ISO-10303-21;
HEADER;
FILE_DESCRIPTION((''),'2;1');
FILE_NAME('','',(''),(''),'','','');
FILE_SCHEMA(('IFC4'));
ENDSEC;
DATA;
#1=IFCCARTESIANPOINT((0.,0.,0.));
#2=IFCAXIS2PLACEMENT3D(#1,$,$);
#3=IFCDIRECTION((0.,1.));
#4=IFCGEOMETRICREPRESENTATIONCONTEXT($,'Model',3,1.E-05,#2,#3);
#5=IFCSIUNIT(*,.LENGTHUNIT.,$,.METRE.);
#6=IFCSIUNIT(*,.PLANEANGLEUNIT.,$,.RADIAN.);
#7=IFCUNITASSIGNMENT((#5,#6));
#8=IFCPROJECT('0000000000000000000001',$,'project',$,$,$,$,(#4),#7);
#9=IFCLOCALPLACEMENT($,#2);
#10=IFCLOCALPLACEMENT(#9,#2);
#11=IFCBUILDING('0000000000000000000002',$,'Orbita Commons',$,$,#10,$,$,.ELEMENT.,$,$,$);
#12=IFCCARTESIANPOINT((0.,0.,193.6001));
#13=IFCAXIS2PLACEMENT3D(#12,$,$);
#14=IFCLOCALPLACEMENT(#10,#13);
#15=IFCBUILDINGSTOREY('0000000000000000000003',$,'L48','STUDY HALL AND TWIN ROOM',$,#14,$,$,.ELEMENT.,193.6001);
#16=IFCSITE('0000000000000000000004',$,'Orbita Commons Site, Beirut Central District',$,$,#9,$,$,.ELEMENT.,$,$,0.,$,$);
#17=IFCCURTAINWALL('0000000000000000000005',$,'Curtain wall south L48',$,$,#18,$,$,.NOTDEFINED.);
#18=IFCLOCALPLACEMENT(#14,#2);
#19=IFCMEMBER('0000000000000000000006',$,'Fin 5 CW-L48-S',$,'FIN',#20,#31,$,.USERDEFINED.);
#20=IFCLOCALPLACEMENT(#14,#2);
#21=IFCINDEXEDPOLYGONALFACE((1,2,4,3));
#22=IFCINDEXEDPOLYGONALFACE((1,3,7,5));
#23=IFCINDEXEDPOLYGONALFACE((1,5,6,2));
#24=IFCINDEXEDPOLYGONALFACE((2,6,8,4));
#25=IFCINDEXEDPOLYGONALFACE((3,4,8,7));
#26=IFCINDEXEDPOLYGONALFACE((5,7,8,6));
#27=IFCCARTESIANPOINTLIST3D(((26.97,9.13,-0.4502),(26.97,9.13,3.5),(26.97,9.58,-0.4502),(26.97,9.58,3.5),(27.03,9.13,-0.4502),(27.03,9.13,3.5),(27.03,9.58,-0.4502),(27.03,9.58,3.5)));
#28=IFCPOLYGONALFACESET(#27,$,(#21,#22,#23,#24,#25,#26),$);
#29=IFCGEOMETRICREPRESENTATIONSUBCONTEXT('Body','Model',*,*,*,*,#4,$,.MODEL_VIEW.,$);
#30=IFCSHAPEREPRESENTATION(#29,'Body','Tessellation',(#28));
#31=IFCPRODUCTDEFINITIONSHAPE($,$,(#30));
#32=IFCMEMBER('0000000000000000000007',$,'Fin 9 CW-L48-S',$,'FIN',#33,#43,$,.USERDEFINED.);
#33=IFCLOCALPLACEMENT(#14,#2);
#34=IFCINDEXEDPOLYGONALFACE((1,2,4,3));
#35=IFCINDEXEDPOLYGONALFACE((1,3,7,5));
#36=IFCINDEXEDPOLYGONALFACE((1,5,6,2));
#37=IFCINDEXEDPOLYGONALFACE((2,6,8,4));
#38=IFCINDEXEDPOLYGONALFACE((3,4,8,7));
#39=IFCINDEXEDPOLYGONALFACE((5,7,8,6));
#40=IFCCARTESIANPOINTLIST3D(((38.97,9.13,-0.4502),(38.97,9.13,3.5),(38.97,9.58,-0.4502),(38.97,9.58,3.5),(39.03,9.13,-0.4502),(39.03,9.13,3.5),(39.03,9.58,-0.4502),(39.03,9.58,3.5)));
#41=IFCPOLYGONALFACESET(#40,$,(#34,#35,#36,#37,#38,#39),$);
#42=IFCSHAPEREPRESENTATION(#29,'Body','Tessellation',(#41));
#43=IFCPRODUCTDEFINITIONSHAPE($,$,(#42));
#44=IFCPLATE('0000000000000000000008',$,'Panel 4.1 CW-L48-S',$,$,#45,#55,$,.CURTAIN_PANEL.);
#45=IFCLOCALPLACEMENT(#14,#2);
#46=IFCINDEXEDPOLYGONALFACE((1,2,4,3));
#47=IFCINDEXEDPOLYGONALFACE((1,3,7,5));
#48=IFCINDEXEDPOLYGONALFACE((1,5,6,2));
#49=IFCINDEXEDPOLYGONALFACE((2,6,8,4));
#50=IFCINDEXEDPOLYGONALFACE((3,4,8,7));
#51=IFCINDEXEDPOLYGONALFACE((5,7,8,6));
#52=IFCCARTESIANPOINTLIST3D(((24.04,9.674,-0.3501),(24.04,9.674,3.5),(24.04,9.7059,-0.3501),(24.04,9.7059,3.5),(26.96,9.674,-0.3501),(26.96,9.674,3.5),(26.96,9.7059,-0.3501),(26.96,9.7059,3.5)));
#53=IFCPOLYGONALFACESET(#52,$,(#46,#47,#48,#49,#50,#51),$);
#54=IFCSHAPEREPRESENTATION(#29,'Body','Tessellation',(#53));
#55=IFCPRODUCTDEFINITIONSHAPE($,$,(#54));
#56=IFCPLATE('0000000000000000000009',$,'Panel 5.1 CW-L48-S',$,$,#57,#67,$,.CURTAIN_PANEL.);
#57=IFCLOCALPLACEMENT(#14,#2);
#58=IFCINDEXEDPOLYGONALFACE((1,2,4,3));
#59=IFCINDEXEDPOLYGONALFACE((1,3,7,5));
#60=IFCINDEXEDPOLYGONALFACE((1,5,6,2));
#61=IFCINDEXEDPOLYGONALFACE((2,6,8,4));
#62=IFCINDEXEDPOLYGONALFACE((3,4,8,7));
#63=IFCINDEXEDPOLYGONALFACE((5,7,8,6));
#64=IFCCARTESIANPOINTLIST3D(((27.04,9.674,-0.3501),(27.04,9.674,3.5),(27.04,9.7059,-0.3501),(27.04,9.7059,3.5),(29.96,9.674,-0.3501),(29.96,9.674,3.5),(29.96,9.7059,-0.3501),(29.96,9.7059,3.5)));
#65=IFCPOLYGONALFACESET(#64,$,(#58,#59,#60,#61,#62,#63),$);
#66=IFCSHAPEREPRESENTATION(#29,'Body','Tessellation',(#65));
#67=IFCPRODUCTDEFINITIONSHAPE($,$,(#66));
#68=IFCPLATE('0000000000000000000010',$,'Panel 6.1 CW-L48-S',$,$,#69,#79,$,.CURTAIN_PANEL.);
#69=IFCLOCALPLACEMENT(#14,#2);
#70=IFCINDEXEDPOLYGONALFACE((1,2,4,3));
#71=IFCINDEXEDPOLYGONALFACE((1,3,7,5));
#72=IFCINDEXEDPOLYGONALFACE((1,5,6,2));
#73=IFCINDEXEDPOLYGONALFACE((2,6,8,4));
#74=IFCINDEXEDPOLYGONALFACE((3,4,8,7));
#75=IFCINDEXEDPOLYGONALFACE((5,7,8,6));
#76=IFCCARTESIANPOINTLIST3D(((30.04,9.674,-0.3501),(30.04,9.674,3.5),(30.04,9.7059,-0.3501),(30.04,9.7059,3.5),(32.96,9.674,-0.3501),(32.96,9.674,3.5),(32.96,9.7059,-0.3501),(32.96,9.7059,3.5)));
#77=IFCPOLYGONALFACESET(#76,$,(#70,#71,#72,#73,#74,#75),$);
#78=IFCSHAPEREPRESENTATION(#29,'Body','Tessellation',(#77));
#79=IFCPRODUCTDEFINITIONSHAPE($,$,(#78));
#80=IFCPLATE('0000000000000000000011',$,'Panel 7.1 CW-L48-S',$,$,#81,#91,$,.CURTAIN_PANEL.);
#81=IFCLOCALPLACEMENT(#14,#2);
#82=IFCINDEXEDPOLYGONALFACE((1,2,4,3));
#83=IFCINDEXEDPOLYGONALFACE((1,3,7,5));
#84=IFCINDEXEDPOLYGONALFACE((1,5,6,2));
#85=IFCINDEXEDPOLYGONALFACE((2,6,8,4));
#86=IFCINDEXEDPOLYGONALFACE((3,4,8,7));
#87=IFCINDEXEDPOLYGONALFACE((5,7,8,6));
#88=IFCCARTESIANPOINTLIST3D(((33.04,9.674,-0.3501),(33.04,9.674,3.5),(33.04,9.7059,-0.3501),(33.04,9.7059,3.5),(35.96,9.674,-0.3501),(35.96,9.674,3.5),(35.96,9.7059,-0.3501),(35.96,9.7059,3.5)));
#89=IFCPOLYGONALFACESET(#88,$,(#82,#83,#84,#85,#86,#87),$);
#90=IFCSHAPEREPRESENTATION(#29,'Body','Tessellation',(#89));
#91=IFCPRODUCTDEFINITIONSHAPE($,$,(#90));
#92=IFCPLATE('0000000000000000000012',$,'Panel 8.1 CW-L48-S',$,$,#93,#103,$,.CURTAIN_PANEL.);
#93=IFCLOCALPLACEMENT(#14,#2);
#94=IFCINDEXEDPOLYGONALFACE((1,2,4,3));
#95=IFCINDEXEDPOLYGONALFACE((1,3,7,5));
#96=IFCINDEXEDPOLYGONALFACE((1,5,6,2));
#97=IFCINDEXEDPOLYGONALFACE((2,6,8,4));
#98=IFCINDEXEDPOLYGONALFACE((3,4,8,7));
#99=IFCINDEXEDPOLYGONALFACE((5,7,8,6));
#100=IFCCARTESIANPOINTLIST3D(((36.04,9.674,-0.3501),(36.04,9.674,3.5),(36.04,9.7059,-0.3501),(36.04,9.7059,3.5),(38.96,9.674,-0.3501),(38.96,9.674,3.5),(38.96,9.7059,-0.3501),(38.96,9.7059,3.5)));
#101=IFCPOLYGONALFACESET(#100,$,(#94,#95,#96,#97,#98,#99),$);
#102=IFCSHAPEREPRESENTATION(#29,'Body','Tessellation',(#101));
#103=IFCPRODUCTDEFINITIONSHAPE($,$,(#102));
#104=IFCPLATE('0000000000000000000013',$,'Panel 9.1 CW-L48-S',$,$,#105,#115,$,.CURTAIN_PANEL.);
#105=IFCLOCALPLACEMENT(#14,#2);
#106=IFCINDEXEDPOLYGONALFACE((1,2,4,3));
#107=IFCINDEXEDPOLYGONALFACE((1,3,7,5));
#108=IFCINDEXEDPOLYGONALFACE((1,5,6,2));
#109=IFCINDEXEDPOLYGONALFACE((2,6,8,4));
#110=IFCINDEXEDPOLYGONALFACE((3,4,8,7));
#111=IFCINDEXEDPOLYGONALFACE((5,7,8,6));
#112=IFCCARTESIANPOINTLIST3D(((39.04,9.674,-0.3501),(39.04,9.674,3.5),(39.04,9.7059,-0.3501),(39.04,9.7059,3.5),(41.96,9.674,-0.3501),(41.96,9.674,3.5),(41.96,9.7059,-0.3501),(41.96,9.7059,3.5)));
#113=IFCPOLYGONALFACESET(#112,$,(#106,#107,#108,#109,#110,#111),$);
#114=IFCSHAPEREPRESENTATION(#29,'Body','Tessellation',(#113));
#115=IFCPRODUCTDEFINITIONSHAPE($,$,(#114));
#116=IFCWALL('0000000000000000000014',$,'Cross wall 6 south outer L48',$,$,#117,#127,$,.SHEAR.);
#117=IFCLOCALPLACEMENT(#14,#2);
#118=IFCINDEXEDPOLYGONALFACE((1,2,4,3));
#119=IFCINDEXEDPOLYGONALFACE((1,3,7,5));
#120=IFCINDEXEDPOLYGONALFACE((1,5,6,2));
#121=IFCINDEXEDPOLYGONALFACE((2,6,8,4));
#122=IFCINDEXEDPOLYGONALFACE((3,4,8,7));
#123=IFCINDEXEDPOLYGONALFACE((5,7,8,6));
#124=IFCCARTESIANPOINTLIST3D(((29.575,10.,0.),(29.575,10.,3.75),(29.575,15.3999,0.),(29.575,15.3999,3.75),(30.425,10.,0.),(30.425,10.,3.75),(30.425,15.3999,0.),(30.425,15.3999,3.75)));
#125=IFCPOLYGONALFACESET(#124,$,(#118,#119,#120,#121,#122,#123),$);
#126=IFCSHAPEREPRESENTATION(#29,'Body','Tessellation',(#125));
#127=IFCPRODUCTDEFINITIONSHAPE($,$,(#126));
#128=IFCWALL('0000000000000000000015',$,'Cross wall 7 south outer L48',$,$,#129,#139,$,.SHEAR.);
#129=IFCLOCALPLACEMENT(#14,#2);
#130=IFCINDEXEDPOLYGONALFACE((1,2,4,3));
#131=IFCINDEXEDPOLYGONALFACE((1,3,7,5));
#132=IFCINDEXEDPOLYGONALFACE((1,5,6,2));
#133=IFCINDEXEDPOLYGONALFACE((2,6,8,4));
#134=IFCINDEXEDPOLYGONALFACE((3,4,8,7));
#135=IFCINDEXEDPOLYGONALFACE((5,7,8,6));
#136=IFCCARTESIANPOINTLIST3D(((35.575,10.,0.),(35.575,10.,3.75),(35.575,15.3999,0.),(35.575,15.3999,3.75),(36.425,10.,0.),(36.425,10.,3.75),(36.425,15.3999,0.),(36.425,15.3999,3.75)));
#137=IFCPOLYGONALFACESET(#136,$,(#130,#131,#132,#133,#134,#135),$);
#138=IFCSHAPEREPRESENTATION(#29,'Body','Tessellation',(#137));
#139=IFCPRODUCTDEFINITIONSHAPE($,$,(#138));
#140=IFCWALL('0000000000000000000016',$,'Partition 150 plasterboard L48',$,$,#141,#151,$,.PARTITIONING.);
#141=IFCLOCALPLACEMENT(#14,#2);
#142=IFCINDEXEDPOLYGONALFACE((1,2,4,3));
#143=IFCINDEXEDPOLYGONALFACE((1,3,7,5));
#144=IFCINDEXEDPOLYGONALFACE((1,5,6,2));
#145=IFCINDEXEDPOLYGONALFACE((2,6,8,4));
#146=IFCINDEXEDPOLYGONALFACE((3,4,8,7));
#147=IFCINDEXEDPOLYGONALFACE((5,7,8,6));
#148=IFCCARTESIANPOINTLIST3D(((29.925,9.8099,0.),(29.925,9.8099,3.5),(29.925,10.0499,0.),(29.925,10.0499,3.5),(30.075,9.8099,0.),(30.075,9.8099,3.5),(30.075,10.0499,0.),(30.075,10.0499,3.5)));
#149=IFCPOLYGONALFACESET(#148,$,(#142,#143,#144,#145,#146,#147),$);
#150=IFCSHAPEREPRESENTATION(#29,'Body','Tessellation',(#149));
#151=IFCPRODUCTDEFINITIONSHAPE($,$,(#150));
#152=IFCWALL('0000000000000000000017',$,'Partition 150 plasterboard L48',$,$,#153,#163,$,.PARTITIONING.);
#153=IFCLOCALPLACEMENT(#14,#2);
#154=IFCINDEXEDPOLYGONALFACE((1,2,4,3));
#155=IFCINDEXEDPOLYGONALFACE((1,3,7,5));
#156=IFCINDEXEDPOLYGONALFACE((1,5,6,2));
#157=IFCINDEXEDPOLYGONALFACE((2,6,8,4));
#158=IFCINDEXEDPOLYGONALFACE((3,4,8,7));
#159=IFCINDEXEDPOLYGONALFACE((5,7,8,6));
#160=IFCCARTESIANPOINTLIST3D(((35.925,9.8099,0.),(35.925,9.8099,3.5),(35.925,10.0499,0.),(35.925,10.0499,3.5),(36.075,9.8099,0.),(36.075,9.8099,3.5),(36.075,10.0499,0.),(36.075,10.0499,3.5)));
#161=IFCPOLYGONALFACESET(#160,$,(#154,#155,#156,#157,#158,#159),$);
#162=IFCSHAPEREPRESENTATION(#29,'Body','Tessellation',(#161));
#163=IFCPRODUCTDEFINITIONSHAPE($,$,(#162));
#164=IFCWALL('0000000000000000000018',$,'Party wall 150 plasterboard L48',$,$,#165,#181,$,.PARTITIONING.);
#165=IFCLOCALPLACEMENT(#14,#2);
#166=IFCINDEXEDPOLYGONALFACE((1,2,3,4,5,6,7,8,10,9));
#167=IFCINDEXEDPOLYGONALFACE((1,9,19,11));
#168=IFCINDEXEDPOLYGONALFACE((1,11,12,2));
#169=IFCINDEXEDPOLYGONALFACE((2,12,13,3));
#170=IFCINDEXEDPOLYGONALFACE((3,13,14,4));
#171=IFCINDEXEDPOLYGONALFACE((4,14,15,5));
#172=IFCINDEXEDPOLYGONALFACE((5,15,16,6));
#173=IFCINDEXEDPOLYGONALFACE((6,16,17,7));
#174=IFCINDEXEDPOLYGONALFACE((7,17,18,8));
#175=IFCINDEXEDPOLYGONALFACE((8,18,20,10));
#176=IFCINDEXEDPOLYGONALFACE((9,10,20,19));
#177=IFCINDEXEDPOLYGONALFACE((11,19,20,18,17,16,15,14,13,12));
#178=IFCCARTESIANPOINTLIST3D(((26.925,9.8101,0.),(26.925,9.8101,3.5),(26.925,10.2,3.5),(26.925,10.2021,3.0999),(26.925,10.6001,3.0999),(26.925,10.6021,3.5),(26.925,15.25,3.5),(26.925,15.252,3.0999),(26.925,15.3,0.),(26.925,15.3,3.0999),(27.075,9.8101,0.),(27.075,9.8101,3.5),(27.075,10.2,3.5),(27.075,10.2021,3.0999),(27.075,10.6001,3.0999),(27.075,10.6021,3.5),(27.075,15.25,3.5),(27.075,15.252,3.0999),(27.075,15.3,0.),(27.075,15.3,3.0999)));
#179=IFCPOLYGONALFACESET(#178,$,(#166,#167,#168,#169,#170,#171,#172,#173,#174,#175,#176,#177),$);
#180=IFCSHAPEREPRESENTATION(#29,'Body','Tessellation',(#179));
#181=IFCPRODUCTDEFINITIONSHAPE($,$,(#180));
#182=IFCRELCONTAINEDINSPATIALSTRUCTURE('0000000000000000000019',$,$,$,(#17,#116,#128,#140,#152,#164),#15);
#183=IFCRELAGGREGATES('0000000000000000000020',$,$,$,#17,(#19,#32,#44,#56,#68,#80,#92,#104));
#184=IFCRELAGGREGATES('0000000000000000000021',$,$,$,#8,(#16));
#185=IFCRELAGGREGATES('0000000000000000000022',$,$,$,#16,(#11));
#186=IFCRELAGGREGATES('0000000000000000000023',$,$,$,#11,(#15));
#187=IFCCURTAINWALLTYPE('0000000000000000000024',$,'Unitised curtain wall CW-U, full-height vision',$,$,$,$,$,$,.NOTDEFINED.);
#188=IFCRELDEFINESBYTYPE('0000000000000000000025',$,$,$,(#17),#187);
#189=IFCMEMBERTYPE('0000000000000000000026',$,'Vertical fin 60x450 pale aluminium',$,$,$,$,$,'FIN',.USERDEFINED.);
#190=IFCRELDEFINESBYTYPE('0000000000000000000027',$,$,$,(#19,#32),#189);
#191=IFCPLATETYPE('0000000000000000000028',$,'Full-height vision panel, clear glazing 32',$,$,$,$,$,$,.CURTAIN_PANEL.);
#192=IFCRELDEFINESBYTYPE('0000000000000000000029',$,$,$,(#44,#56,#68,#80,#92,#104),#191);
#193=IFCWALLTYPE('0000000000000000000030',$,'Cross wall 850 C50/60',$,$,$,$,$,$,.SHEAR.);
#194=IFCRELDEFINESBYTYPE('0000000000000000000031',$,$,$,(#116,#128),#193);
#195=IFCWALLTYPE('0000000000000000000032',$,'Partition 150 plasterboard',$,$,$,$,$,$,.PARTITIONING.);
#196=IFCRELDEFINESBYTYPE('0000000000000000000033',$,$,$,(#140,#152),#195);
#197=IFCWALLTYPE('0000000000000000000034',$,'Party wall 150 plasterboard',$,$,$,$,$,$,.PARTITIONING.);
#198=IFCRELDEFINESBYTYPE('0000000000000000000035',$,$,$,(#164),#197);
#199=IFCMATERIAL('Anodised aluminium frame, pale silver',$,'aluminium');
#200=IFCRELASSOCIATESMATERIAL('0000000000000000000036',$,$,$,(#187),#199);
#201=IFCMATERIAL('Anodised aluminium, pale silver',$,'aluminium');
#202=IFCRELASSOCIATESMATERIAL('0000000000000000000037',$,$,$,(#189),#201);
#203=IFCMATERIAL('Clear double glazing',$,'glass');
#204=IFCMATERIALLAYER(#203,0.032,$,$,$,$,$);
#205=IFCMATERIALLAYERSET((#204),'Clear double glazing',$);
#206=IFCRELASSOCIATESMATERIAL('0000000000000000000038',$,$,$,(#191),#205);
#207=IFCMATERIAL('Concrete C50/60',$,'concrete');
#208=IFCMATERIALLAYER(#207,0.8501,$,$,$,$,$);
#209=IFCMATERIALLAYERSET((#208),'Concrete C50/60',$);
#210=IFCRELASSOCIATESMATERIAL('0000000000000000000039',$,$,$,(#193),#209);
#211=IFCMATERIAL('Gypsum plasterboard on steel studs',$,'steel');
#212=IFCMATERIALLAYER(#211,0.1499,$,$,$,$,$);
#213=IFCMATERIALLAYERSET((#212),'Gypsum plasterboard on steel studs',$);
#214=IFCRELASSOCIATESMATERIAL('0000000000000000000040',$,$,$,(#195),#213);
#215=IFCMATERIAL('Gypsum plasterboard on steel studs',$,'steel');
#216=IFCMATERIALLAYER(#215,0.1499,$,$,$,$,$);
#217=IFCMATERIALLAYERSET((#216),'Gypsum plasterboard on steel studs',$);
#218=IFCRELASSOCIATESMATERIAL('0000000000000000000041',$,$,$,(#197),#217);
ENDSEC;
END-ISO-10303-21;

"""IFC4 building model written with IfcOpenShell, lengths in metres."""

from ifc_helpers import new_model, si_unit, direction, frame, frame_2d, origin, origin_2d, place, context, subcontext, project, spatial, polyline, rectangle, outline, extrude, material, layer, layer_set, material_profile, profile_set, type_object, element, aggregate, save


model = new_model("IFC4")

# Units and contexts
model_context = context("Model", 3, precision=1e-05, world=origin(), true_north=direction((0.0, 1.0)))
body_context = subcontext(model_context, "Body", "Model", "MODEL_VIEW")
ifc_project = project(units=[si_unit("LENGTHUNIT", "METRE"), si_unit("PLANEANGLEUNIT", "RADIAN")], contexts=[model_context])

# Site, building, storey
site_placement = place(None, origin())
site = spatial("IfcSite", under=ifc_project, at=site_placement, Name="Orbita Commons Site, Beirut Central District", CompositionType="ELEMENT", RefElevation=0.0)
building_placement = place(site_placement, origin())
building = spatial("IfcBuilding", under=site, at=building_placement, Name="Orbita Commons", CompositionType="ELEMENT")
storey_placement = place(building_placement, frame((0.0, 0.0, 193.6001)))
storey = spatial("IfcBuildingStorey", under=building, at=storey_placement, Name="L48", Description="STUDY HALL AND TWIN ROOM", CompositionType="ELEMENT", Elevation=193.6001)

# Curtain wall
ifc_material_1 = material(Name="Anodised aluminium frame, pale silver", Category="aluminium")
curtain_wall_type = type_object("IfcCurtainWallType", Name="Unitised curtain wall CW-U, full-height vision", PredefinedType="NOTDEFINED", material=ifc_material_1)
curtain_wall_placement = place(storey_placement, origin())
curtain_wall = element("IfcCurtainWall", 1, at=curtain_wall_placement, inside=storey, type_object=curtain_wall_type, Name="Curtain wall south L48", PredefinedType="NOTDEFINED")

# Members
ifc_material_2 = material(Name="Anodised aluminium, pale silver", Category="aluminium")
ifc_material_profile_1 = material_profile(ifc_material_2, rectangle(XDim=0.0601, YDim=0.45, at=origin_2d()), Name="FIN 60x450")
ifc_profile_set_1 = profile_set([ifc_material_profile_1], Name="Anodised aluminium, pale silver")
member_type_1 = type_object("IfcMemberType", Name="Vertical fin 60x450 pale aluminium", ElementType="FIN", PredefinedType="USERDEFINED", material=ifc_profile_set_1)
member_1_placement = place(storey_placement, frame((27.0, 9.355, -0.4502), z_axis=(0.0, 0.0, 1.0), x_axis=(1.0, 0.0, 0.0)))
member_1 = element("IfcMember", 2, at=member_1_placement, type_object=member_type_1, Name="Fin 5 CW-L48-S", ObjectType="FIN", PredefinedType="USERDEFINED", context=body_context, shape_type="SweptSolid", body=[
    extrude(rectangle(XDim=0.0601, YDim=0.45, at=origin_2d()), origin(), (0.0, 0.0, 1.0), 3.9502),
])
member_2_placement = place(storey_placement, frame((39.0, 9.355, -0.4502), z_axis=(0.0, 0.0, 1.0), x_axis=(1.0, 0.0, 0.0)))
member_2 = element("IfcMember", 3, at=member_2_placement, type_object=member_type_1, Name="Fin 9 CW-L48-S", ObjectType="FIN", PredefinedType="USERDEFINED", context=body_context, shape_type="SweptSolid", body=[
    extrude(rectangle(XDim=0.0601, YDim=0.45, at=origin_2d()), origin(), (0.0, 0.0, 1.0), 3.9502),
])

# Plates
ifc_material_3 = material(Name="Clear double glazing", Category="glass")
ifc_layer_1 = layer(ifc_material_3, 0.032)
ifc_layer_set_1 = layer_set([ifc_layer_1], Name="Clear double glazing")
plate_type = type_object("IfcPlateType", Name="Full-height vision panel, clear glazing 32", PredefinedType="CURTAIN_PANEL", material=ifc_layer_set_1)
plate_1_placement = place(storey_placement, frame((25.5, 9.6899, -0.3501), z_axis=(0.0, 0.0, 1.0), x_axis=(1.0, 0.0, 0.0)))
plate_1 = element("IfcPlate", 4, at=plate_1_placement, type_object=plate_type, Name="Panel 4.1 CW-L48-S", PredefinedType="CURTAIN_PANEL", context=body_context, shape_type="SweptSolid", body=[
    extrude(rectangle(XDim=2.9199, YDim=0.032, at=origin_2d()), origin(), (0.0, 0.0, 1.0), 3.8501),
])
plate_2_placement = place(storey_placement, frame((28.5, 9.6899, -0.3501), z_axis=(0.0, 0.0, 1.0), x_axis=(1.0, 0.0, 0.0)))
plate_2 = element("IfcPlate", 5, at=plate_2_placement, type_object=plate_type, Name="Panel 5.1 CW-L48-S", PredefinedType="CURTAIN_PANEL", context=body_context, shape_type="SweptSolid", body=[
    extrude(rectangle(XDim=2.9199, YDim=0.032, at=origin_2d()), origin(), (0.0, 0.0, 1.0), 3.8501),
])
plate_3_placement = place(storey_placement, frame((31.5, 9.6899, -0.3501), z_axis=(0.0, 0.0, 1.0), x_axis=(1.0, 0.0, 0.0)))
plate_3 = element("IfcPlate", 6, at=plate_3_placement, type_object=plate_type, Name="Panel 6.1 CW-L48-S", PredefinedType="CURTAIN_PANEL", context=body_context, shape_type="SweptSolid", body=[
    extrude(rectangle(XDim=2.9199, YDim=0.032, at=origin_2d()), origin(), (0.0, 0.0, 1.0), 3.8501),
])
plate_4_placement = place(storey_placement, frame((34.5, 9.6899, -0.3501), z_axis=(0.0, 0.0, 1.0), x_axis=(1.0, 0.0, 0.0)))
plate_4 = element("IfcPlate", 7, at=plate_4_placement, type_object=plate_type, Name="Panel 7.1 CW-L48-S", PredefinedType="CURTAIN_PANEL", context=body_context, shape_type="SweptSolid", body=[
    extrude(rectangle(XDim=2.9199, YDim=0.032, at=origin_2d()), origin(), (0.0, 0.0, 1.0), 3.8501),
])
plate_5_placement = place(storey_placement, frame((37.5, 9.6899, -0.3501), z_axis=(0.0, 0.0, 1.0), x_axis=(1.0, 0.0, 0.0)))
plate_5 = element("IfcPlate", 8, at=plate_5_placement, type_object=plate_type, Name="Panel 8.1 CW-L48-S", PredefinedType="CURTAIN_PANEL", context=body_context, shape_type="SweptSolid", body=[
    extrude(rectangle(XDim=2.9199, YDim=0.032, at=origin_2d()), origin(), (0.0, 0.0, 1.0), 3.8501),
])
plate_6_placement = place(storey_placement, frame((40.5, 9.6899, -0.3501), z_axis=(0.0, 0.0, 1.0), x_axis=(1.0, 0.0, 0.0)))
plate_6 = element("IfcPlate", 9, at=plate_6_placement, type_object=plate_type, Name="Panel 9.1 CW-L48-S", PredefinedType="CURTAIN_PANEL", context=body_context, shape_type="SweptSolid", body=[
    extrude(rectangle(XDim=2.9199, YDim=0.032, at=origin_2d()), origin(), (0.0, 0.0, 1.0), 3.8501),
])
aggregate(curtain_wall, [member_1, member_2, plate_1, plate_2, plate_3, plate_4, plate_5, plate_6])

# Walls
ifc_material_4 = material(Name="Concrete C50/60", Category="concrete")
ifc_layer_2 = layer(ifc_material_4, 0.8501)
ifc_layer_set_2 = layer_set([ifc_layer_2], Name="Concrete C50/60")
wall_type_1 = type_object("IfcWallType", Name="Cross wall 850 C50/60", PredefinedType="SHEAR", material=ifc_layer_set_2)
for number, where, z_axis, x_axis, name in (
    (10, (30.0, 10.0, 0.0), (0.0, 0.0, 1.0), (0.0, 1.0, 0.0), "Cross wall 6 south outer L48"),
    (11, (36.0, 10.0, 0.0), (0.0, 0.0, 1.0), (0.0, 1.0, 0.0), "Cross wall 7 south outer L48"),
):
    element("IfcWall", number, at=place(storey_placement, frame(where, z_axis=z_axis, x_axis=x_axis)), inside=storey, type_object=wall_type_1, Name=name, PredefinedType="SHEAR", context=body_context, shape_type="SweptSolid", body=[
        extrude(rectangle(XDim=5.3999, YDim=0.8501, at=frame_2d((2.7, 0.0))), origin(), (0.0, 0.0, 1.0), 3.75),
    ])
ifc_material_5 = material(Name="Gypsum plasterboard on steel studs", Category="steel")
ifc_layer_3 = layer(ifc_material_5, 0.1499)
ifc_layer_set_3 = layer_set([ifc_layer_3], Name="Gypsum plasterboard on steel studs")
wall_type_2 = type_object("IfcWallType", Name="Partition 150 plasterboard", PredefinedType="PARTITIONING", material=ifc_layer_set_3)
for number, where, z_axis, x_axis, name in (
    (12, (30.0, 10.05, 0.0), (0.0, 0.0, 1.0), (0.0, -1.0, 0.0), "Partition 150 plasterboard L48"),
    (13, (36.0, 10.05, 0.0), (0.0, 0.0, 1.0), (0.0, -1.0, 0.0), "Partition 150 plasterboard L48"),
):
    element("IfcWall", number, at=place(storey_placement, frame(where, z_axis=z_axis, x_axis=x_axis)), inside=storey, type_object=wall_type_2, Name=name, PredefinedType="PARTITIONING", context=body_context, shape_type="SweptSolid", body=[
        extrude(rectangle(XDim=0.24, YDim=0.1499, at=frame_2d((0.1201, 0.0))), origin(), (0.0, 0.0, 1.0), 3.5),
    ])
ifc_material_6 = material(Name="Gypsum plasterboard on steel studs", Category="steel")
ifc_layer_4 = layer(ifc_material_6, 0.1499)
ifc_layer_set_4 = layer_set([ifc_layer_4], Name="Gypsum plasterboard on steel studs")
wall_type_3 = type_object("IfcWallType", Name="Party wall 150 plasterboard", PredefinedType="PARTITIONING", material=ifc_layer_set_4)
wall_placement = place(storey_placement, frame((27.0, 9.8101, 0.0), z_axis=(0.0, 0.0, 1.0), x_axis=(0.0, 1.0, 0.0)))
element("IfcWall", 14, at=wall_placement, inside=storey, type_object=wall_type_3, Name="Party wall 150 plasterboard L48", PredefinedType="PARTITIONING", context=body_context, shape_type="SweptSolid", body=[
    extrude(outline(polyline([(0.0, 0.0), (5.49, 0.0), (5.49, 3.0999), (5.4419, 3.0999), (5.4399, 3.5), (0.792, 3.5), (0.79, 3.0999), (0.3921, 3.0999), (0.3899, 3.5), (0.0, 3.5), (0.0, 0.0)])), frame((0.0, 0.075, 0.0), z_axis=(0.0, -1.0, 0.0), x_axis=(1.0, 0.0, 0.0)), (0.0, 0.0, 1.0), 0.1499),
])

save(model, "model.ifc")
